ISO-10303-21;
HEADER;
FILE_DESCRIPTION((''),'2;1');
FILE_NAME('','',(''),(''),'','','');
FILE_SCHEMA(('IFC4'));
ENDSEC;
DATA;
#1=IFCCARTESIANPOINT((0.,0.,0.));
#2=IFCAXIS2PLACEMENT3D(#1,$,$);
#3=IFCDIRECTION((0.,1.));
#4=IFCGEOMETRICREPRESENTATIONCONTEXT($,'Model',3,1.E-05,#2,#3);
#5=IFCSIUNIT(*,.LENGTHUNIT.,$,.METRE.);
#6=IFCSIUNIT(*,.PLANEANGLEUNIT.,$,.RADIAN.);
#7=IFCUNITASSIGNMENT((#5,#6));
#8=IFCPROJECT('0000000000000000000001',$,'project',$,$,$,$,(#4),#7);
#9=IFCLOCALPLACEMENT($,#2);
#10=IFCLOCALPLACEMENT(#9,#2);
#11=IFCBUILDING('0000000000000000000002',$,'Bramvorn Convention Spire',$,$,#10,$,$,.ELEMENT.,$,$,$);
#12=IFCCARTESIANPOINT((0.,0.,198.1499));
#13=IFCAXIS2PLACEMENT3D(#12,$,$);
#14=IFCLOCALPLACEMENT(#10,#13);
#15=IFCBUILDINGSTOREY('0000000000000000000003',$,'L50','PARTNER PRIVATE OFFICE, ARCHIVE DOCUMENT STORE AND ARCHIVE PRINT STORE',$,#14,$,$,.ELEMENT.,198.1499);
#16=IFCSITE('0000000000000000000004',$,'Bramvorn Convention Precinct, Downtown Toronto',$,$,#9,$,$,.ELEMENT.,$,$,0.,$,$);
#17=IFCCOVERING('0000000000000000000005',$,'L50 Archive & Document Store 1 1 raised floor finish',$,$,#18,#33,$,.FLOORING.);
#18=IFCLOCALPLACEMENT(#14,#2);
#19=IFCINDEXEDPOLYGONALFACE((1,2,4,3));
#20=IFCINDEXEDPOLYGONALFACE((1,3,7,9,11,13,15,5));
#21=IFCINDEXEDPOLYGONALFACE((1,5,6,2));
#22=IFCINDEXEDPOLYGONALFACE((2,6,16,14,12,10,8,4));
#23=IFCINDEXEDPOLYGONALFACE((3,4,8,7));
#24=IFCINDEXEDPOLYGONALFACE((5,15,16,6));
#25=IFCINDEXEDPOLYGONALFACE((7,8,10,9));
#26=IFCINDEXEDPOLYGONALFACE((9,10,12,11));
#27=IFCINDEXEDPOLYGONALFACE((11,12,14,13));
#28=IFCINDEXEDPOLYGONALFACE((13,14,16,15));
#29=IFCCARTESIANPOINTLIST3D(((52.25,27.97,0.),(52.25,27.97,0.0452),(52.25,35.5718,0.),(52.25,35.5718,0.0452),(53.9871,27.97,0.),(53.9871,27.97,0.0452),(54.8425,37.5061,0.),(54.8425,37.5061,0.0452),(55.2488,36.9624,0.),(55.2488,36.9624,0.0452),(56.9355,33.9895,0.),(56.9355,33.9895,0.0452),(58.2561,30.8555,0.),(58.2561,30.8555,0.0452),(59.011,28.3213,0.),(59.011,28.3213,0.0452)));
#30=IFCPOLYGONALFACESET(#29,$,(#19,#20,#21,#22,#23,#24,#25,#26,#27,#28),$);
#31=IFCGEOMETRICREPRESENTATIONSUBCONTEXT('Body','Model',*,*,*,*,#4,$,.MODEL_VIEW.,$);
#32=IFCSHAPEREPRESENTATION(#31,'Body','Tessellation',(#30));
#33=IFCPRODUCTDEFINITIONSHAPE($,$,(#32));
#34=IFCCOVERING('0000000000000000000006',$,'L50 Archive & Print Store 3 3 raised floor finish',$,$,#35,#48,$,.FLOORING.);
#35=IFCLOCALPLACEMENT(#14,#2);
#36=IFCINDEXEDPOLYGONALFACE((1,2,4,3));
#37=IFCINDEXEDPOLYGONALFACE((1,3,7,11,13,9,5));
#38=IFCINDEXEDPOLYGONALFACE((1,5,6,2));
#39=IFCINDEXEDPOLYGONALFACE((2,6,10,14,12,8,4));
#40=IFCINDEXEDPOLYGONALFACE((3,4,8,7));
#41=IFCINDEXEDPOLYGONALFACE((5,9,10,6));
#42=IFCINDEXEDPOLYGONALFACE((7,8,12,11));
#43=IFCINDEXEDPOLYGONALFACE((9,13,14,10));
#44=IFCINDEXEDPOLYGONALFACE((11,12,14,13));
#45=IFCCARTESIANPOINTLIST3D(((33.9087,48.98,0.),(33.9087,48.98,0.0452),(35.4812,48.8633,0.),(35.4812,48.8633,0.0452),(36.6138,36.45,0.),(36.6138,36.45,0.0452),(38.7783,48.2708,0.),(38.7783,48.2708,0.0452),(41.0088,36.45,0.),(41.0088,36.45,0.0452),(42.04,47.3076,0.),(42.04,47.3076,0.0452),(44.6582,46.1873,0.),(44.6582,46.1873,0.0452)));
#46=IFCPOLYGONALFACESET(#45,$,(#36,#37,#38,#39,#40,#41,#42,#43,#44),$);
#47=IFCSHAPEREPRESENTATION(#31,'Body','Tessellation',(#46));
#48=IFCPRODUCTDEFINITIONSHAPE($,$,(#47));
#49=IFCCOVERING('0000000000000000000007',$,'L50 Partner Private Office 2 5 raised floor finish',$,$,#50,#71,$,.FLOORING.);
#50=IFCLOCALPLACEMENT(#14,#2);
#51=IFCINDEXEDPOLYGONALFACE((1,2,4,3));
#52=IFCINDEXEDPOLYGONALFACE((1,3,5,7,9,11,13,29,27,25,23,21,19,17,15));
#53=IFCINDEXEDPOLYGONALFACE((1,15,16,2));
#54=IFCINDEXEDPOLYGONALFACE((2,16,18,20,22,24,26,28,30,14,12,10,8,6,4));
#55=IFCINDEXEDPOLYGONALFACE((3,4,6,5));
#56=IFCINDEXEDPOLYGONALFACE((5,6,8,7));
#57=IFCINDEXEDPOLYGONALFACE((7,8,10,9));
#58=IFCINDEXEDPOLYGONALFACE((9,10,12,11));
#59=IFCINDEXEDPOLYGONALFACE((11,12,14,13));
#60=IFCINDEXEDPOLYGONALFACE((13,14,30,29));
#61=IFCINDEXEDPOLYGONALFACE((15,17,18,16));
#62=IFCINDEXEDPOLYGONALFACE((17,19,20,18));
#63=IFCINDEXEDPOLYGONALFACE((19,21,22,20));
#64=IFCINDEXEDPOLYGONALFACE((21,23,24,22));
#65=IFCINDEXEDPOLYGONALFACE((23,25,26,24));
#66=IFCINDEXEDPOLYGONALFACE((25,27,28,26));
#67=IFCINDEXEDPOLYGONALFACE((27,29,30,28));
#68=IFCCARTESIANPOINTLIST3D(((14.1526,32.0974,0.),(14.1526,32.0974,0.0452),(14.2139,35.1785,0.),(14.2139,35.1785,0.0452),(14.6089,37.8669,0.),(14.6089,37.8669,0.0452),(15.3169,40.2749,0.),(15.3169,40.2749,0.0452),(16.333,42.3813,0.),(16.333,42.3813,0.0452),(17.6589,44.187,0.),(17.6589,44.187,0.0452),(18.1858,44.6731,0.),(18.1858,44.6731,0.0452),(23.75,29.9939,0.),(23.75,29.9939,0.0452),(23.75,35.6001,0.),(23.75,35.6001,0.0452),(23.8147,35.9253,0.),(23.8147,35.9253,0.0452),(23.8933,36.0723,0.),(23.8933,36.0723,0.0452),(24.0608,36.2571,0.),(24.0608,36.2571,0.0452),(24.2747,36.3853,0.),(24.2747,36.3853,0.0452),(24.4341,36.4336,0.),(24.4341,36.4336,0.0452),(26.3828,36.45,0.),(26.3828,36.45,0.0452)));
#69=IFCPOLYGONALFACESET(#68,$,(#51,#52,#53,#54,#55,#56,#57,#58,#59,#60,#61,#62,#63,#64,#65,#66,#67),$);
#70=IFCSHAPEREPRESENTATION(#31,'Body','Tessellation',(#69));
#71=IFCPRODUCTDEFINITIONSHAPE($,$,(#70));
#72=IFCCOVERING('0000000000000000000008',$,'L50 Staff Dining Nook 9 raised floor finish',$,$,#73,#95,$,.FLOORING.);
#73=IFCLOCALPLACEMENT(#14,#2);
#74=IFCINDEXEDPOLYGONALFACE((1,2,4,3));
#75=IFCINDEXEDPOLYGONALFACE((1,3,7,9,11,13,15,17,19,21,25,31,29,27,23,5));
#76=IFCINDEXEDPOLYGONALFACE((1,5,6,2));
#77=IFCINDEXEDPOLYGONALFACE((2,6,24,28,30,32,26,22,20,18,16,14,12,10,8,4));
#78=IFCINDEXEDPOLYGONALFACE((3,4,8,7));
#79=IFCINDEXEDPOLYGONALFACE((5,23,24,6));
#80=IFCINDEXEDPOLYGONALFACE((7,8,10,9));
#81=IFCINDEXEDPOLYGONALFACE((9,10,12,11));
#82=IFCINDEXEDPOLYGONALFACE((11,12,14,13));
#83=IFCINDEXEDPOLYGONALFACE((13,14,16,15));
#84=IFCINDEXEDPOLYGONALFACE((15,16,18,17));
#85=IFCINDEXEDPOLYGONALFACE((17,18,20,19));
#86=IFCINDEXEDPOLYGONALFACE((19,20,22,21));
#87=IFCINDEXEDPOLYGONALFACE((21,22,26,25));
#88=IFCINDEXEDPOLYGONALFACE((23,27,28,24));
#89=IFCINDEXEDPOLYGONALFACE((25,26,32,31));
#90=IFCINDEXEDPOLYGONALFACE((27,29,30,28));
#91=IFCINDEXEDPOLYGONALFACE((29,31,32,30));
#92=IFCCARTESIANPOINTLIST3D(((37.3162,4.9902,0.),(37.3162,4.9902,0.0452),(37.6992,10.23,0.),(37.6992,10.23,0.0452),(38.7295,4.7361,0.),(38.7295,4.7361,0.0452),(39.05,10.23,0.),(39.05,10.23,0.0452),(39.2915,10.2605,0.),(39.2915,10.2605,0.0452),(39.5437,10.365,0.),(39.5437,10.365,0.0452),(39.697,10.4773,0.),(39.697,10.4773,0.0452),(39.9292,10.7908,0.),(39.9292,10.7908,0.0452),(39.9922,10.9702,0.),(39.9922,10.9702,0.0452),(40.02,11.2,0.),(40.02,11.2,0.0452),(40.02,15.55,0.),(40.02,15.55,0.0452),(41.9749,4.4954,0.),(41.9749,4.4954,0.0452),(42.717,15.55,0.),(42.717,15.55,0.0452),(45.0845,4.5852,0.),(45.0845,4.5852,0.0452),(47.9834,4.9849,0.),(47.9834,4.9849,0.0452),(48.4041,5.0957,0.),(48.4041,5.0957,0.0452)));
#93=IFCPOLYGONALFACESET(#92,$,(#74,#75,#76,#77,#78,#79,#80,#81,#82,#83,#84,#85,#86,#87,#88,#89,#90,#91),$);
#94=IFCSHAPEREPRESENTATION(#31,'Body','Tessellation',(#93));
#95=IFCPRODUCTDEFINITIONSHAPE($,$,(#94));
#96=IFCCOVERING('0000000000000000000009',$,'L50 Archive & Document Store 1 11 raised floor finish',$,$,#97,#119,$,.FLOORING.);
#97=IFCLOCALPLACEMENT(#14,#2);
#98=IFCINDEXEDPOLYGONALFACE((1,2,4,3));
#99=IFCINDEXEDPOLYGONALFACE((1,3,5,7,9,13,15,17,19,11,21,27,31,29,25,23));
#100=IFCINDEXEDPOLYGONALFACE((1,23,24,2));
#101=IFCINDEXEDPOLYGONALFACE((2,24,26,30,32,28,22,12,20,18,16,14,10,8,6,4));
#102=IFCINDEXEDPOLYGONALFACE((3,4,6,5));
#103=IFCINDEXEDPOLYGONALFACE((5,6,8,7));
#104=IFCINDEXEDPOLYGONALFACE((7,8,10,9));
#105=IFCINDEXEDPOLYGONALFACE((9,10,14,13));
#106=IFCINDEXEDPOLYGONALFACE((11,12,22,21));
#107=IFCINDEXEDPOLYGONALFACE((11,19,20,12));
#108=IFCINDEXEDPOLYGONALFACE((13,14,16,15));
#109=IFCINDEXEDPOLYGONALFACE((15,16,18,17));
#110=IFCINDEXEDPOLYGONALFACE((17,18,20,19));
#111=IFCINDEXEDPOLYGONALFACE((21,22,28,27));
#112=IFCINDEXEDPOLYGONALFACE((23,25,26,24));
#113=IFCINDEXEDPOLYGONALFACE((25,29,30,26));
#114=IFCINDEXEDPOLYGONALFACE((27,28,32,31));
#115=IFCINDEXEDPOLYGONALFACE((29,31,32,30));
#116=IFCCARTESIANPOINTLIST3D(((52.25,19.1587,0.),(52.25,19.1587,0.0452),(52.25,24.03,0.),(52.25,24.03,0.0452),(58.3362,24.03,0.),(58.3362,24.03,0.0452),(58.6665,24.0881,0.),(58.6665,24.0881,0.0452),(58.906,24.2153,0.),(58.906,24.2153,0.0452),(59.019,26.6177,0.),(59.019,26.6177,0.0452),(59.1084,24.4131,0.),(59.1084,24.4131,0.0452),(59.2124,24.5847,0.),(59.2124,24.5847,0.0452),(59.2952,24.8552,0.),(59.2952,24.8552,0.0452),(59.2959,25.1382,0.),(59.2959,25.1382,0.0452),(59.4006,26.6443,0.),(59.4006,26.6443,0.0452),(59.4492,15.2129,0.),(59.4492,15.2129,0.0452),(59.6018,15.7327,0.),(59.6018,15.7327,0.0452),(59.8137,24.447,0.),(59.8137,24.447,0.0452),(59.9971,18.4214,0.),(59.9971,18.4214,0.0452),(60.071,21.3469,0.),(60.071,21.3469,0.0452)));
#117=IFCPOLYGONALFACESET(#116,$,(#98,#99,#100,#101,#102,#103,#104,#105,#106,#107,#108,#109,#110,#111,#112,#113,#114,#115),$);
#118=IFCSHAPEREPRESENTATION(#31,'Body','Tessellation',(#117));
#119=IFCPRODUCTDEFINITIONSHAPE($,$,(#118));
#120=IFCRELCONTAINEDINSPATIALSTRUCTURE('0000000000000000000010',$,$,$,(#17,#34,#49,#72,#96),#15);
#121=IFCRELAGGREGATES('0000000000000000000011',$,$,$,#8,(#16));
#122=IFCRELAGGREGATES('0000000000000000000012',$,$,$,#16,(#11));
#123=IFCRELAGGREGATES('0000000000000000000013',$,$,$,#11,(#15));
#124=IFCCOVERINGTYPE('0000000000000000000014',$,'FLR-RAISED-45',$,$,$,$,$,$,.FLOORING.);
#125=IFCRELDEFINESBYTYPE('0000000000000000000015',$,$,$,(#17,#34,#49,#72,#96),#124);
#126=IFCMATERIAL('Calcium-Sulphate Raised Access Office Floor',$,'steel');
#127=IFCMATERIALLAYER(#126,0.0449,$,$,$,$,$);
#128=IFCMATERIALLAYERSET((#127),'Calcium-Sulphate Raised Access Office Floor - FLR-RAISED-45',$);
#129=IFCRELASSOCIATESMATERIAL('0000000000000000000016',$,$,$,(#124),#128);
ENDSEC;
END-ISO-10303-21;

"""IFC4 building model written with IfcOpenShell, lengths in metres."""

from ifc_helpers import new_model, si_unit, direction, frame, origin, place, context, subcontext, project, spatial, polyline, outline, extrude, material, layer, layer_set, type_object, element, save


model = new_model("IFC4")

# Units and contexts
model_context = context("Model", 3, precision=1e-05, world=origin(), true_north=direction((0.0, 1.0)))
body_context = subcontext(model_context, "Body", "Model", "MODEL_VIEW")
ifc_project = project(units=[si_unit("LENGTHUNIT", "METRE"), si_unit("PLANEANGLEUNIT", "RADIAN")], contexts=[model_context])

# Site, building, storey
site_placement = place(None, origin())
site = spatial("IfcSite", under=ifc_project, at=site_placement, Name="Bramvorn Convention Precinct, Downtown Toronto", CompositionType="ELEMENT", RefElevation=0.0)
building_placement = place(site_placement, origin())
building = spatial("IfcBuilding", under=site, at=building_placement, Name="Bramvorn Convention Spire", CompositionType="ELEMENT")
storey_placement = place(building_placement, frame((0.0, 0.0, 198.1499)))
storey = spatial("IfcBuildingStorey", under=building, at=storey_placement, Name="L50", Description="PARTNER PRIVATE OFFICE, ARCHIVE DOCUMENT STORE AND ARCHIVE PRINT STORE", CompositionType="ELEMENT", Elevation=198.1499)

# Coverings
ifc_material_1 = material(Name="Calcium-Sulphate Raised Access Office Floor", Category="steel")
ifc_layer_1 = layer(ifc_material_1, 0.0449)
ifc_layer_set_1 = layer_set([ifc_layer_1], Name="Calcium-Sulphate Raised Access Office Floor - FLR-RAISED-45")
covering_type = type_object("IfcCoveringType", Name="FLR-RAISED-45", PredefinedType="FLOORING", material=ifc_layer_set_1)
covering_1_placement = place(storey_placement, origin())
element("IfcCovering", 1, at=covering_1_placement, inside=storey, type_object=covering_type, Name="L50 Archive & Document Store 1 1 raised floor finish", PredefinedType="FLOORING", context=body_context, shape_type="SweptSolid", body=[
    extrude(outline(polyline([(52.25, 27.97), (53.9871, 27.97), (59.011, 28.3213), (58.2561, 30.8555), (56.9355, 33.9895), (55.2488, 36.9624), (54.8425, 37.5061), (52.25, 35.5718), (52.25, 27.97)])), origin(), (0.0, 0.0, 1.0), 0.0452),
])
covering_2_placement = place(storey_placement, origin())
element("IfcCovering", 2, at=covering_2_placement, inside=storey, type_object=covering_type, Name="L50 Archive & Print Store 3 3 raised floor finish", PredefinedType="FLOORING", context=body_context, shape_type="SweptSolid", body=[
    extrude(outline(polyline([(35.4812, 48.8633), (33.9087, 48.98), (36.6138, 36.45), (41.0088, 36.45), (44.6582, 46.1873), (42.04, 47.3076), (38.7783, 48.2708), (35.4812, 48.8633)])), origin(), (0.0, 0.0, 1.0), 0.0452),
])
covering_3_placement = place(storey_placement, origin())
element("IfcCovering", 3, at=covering_3_placement, inside=storey, type_object=covering_type, Name="L50 Partner Private Office 2 5 raised floor finish", PredefinedType="FLOORING", context=body_context, shape_type="SweptSolid", body=[
    extrude(outline(polyline([(14.1526, 32.0974), (23.75, 29.9939), (23.75, 35.6001), (23.8147, 35.9253), (23.8933, 36.0723), (24.0608, 36.2571), (24.2747, 36.3853), (24.4341, 36.4336), (26.3828, 36.45), (18.1858, 44.6731), (17.6589, 44.187), (16.333, 42.3813), (15.3169, 40.2749), (14.6089, 37.8669), (14.2139, 35.1785), (14.1526, 32.0974)])), origin(), (0.0, 0.0, 1.0), 0.0452),
])
covering_4_placement = place(storey_placement, origin())
element("IfcCovering", 4, at=covering_4_placement, inside=storey, type_object=covering_type, Name="L50 Staff Dining Nook 9 raised floor finish", PredefinedType="FLOORING", context=body_context, shape_type="SweptSolid", body=[
    extrude(outline(polyline([(37.3162, 4.9902), (38.7295, 4.7361), (41.9749, 4.4954), (45.0845, 4.5852), (47.9834, 4.9849), (48.4041, 5.0957), (42.717, 15.55), (40.02, 15.55), (40.02, 11.2), (39.9922, 10.9702), (39.9292, 10.7908), (39.697, 10.4773), (39.5437, 10.365), (39.2915, 10.2605), (39.05, 10.23), (37.6992, 10.23), (37.3162, 4.9902)])), origin(), (0.0, 0.0, 1.0), 0.0452),
])
covering_5_placement = place(storey_placement, origin())
element("IfcCovering", 5, at=covering_5_placement, inside=storey, type_object=covering_type, Name="L50 Archive & Document Store 1 11 raised floor finish", PredefinedType="FLOORING", context=body_context, shape_type="SweptSolid", body=[
    extrude(outline(polyline([(59.2959, 25.1382), (59.2952, 24.8552), (59.2124, 24.5847), (59.1084, 24.4131), (58.906, 24.2153), (58.6665, 24.0881), (58.3362, 24.03), (52.25, 24.03), (52.25, 19.1587), (59.4492, 15.2129), (59.6018, 15.7327), (59.9971, 18.4214), (60.071, 21.3469), (59.8137, 24.447), (59.4006, 26.6443), (59.019, 26.6177), (59.2959, 25.1382)])), origin(), (0.0, 0.0, 1.0), 0.0452),
])

save(model, "model.ifc")
